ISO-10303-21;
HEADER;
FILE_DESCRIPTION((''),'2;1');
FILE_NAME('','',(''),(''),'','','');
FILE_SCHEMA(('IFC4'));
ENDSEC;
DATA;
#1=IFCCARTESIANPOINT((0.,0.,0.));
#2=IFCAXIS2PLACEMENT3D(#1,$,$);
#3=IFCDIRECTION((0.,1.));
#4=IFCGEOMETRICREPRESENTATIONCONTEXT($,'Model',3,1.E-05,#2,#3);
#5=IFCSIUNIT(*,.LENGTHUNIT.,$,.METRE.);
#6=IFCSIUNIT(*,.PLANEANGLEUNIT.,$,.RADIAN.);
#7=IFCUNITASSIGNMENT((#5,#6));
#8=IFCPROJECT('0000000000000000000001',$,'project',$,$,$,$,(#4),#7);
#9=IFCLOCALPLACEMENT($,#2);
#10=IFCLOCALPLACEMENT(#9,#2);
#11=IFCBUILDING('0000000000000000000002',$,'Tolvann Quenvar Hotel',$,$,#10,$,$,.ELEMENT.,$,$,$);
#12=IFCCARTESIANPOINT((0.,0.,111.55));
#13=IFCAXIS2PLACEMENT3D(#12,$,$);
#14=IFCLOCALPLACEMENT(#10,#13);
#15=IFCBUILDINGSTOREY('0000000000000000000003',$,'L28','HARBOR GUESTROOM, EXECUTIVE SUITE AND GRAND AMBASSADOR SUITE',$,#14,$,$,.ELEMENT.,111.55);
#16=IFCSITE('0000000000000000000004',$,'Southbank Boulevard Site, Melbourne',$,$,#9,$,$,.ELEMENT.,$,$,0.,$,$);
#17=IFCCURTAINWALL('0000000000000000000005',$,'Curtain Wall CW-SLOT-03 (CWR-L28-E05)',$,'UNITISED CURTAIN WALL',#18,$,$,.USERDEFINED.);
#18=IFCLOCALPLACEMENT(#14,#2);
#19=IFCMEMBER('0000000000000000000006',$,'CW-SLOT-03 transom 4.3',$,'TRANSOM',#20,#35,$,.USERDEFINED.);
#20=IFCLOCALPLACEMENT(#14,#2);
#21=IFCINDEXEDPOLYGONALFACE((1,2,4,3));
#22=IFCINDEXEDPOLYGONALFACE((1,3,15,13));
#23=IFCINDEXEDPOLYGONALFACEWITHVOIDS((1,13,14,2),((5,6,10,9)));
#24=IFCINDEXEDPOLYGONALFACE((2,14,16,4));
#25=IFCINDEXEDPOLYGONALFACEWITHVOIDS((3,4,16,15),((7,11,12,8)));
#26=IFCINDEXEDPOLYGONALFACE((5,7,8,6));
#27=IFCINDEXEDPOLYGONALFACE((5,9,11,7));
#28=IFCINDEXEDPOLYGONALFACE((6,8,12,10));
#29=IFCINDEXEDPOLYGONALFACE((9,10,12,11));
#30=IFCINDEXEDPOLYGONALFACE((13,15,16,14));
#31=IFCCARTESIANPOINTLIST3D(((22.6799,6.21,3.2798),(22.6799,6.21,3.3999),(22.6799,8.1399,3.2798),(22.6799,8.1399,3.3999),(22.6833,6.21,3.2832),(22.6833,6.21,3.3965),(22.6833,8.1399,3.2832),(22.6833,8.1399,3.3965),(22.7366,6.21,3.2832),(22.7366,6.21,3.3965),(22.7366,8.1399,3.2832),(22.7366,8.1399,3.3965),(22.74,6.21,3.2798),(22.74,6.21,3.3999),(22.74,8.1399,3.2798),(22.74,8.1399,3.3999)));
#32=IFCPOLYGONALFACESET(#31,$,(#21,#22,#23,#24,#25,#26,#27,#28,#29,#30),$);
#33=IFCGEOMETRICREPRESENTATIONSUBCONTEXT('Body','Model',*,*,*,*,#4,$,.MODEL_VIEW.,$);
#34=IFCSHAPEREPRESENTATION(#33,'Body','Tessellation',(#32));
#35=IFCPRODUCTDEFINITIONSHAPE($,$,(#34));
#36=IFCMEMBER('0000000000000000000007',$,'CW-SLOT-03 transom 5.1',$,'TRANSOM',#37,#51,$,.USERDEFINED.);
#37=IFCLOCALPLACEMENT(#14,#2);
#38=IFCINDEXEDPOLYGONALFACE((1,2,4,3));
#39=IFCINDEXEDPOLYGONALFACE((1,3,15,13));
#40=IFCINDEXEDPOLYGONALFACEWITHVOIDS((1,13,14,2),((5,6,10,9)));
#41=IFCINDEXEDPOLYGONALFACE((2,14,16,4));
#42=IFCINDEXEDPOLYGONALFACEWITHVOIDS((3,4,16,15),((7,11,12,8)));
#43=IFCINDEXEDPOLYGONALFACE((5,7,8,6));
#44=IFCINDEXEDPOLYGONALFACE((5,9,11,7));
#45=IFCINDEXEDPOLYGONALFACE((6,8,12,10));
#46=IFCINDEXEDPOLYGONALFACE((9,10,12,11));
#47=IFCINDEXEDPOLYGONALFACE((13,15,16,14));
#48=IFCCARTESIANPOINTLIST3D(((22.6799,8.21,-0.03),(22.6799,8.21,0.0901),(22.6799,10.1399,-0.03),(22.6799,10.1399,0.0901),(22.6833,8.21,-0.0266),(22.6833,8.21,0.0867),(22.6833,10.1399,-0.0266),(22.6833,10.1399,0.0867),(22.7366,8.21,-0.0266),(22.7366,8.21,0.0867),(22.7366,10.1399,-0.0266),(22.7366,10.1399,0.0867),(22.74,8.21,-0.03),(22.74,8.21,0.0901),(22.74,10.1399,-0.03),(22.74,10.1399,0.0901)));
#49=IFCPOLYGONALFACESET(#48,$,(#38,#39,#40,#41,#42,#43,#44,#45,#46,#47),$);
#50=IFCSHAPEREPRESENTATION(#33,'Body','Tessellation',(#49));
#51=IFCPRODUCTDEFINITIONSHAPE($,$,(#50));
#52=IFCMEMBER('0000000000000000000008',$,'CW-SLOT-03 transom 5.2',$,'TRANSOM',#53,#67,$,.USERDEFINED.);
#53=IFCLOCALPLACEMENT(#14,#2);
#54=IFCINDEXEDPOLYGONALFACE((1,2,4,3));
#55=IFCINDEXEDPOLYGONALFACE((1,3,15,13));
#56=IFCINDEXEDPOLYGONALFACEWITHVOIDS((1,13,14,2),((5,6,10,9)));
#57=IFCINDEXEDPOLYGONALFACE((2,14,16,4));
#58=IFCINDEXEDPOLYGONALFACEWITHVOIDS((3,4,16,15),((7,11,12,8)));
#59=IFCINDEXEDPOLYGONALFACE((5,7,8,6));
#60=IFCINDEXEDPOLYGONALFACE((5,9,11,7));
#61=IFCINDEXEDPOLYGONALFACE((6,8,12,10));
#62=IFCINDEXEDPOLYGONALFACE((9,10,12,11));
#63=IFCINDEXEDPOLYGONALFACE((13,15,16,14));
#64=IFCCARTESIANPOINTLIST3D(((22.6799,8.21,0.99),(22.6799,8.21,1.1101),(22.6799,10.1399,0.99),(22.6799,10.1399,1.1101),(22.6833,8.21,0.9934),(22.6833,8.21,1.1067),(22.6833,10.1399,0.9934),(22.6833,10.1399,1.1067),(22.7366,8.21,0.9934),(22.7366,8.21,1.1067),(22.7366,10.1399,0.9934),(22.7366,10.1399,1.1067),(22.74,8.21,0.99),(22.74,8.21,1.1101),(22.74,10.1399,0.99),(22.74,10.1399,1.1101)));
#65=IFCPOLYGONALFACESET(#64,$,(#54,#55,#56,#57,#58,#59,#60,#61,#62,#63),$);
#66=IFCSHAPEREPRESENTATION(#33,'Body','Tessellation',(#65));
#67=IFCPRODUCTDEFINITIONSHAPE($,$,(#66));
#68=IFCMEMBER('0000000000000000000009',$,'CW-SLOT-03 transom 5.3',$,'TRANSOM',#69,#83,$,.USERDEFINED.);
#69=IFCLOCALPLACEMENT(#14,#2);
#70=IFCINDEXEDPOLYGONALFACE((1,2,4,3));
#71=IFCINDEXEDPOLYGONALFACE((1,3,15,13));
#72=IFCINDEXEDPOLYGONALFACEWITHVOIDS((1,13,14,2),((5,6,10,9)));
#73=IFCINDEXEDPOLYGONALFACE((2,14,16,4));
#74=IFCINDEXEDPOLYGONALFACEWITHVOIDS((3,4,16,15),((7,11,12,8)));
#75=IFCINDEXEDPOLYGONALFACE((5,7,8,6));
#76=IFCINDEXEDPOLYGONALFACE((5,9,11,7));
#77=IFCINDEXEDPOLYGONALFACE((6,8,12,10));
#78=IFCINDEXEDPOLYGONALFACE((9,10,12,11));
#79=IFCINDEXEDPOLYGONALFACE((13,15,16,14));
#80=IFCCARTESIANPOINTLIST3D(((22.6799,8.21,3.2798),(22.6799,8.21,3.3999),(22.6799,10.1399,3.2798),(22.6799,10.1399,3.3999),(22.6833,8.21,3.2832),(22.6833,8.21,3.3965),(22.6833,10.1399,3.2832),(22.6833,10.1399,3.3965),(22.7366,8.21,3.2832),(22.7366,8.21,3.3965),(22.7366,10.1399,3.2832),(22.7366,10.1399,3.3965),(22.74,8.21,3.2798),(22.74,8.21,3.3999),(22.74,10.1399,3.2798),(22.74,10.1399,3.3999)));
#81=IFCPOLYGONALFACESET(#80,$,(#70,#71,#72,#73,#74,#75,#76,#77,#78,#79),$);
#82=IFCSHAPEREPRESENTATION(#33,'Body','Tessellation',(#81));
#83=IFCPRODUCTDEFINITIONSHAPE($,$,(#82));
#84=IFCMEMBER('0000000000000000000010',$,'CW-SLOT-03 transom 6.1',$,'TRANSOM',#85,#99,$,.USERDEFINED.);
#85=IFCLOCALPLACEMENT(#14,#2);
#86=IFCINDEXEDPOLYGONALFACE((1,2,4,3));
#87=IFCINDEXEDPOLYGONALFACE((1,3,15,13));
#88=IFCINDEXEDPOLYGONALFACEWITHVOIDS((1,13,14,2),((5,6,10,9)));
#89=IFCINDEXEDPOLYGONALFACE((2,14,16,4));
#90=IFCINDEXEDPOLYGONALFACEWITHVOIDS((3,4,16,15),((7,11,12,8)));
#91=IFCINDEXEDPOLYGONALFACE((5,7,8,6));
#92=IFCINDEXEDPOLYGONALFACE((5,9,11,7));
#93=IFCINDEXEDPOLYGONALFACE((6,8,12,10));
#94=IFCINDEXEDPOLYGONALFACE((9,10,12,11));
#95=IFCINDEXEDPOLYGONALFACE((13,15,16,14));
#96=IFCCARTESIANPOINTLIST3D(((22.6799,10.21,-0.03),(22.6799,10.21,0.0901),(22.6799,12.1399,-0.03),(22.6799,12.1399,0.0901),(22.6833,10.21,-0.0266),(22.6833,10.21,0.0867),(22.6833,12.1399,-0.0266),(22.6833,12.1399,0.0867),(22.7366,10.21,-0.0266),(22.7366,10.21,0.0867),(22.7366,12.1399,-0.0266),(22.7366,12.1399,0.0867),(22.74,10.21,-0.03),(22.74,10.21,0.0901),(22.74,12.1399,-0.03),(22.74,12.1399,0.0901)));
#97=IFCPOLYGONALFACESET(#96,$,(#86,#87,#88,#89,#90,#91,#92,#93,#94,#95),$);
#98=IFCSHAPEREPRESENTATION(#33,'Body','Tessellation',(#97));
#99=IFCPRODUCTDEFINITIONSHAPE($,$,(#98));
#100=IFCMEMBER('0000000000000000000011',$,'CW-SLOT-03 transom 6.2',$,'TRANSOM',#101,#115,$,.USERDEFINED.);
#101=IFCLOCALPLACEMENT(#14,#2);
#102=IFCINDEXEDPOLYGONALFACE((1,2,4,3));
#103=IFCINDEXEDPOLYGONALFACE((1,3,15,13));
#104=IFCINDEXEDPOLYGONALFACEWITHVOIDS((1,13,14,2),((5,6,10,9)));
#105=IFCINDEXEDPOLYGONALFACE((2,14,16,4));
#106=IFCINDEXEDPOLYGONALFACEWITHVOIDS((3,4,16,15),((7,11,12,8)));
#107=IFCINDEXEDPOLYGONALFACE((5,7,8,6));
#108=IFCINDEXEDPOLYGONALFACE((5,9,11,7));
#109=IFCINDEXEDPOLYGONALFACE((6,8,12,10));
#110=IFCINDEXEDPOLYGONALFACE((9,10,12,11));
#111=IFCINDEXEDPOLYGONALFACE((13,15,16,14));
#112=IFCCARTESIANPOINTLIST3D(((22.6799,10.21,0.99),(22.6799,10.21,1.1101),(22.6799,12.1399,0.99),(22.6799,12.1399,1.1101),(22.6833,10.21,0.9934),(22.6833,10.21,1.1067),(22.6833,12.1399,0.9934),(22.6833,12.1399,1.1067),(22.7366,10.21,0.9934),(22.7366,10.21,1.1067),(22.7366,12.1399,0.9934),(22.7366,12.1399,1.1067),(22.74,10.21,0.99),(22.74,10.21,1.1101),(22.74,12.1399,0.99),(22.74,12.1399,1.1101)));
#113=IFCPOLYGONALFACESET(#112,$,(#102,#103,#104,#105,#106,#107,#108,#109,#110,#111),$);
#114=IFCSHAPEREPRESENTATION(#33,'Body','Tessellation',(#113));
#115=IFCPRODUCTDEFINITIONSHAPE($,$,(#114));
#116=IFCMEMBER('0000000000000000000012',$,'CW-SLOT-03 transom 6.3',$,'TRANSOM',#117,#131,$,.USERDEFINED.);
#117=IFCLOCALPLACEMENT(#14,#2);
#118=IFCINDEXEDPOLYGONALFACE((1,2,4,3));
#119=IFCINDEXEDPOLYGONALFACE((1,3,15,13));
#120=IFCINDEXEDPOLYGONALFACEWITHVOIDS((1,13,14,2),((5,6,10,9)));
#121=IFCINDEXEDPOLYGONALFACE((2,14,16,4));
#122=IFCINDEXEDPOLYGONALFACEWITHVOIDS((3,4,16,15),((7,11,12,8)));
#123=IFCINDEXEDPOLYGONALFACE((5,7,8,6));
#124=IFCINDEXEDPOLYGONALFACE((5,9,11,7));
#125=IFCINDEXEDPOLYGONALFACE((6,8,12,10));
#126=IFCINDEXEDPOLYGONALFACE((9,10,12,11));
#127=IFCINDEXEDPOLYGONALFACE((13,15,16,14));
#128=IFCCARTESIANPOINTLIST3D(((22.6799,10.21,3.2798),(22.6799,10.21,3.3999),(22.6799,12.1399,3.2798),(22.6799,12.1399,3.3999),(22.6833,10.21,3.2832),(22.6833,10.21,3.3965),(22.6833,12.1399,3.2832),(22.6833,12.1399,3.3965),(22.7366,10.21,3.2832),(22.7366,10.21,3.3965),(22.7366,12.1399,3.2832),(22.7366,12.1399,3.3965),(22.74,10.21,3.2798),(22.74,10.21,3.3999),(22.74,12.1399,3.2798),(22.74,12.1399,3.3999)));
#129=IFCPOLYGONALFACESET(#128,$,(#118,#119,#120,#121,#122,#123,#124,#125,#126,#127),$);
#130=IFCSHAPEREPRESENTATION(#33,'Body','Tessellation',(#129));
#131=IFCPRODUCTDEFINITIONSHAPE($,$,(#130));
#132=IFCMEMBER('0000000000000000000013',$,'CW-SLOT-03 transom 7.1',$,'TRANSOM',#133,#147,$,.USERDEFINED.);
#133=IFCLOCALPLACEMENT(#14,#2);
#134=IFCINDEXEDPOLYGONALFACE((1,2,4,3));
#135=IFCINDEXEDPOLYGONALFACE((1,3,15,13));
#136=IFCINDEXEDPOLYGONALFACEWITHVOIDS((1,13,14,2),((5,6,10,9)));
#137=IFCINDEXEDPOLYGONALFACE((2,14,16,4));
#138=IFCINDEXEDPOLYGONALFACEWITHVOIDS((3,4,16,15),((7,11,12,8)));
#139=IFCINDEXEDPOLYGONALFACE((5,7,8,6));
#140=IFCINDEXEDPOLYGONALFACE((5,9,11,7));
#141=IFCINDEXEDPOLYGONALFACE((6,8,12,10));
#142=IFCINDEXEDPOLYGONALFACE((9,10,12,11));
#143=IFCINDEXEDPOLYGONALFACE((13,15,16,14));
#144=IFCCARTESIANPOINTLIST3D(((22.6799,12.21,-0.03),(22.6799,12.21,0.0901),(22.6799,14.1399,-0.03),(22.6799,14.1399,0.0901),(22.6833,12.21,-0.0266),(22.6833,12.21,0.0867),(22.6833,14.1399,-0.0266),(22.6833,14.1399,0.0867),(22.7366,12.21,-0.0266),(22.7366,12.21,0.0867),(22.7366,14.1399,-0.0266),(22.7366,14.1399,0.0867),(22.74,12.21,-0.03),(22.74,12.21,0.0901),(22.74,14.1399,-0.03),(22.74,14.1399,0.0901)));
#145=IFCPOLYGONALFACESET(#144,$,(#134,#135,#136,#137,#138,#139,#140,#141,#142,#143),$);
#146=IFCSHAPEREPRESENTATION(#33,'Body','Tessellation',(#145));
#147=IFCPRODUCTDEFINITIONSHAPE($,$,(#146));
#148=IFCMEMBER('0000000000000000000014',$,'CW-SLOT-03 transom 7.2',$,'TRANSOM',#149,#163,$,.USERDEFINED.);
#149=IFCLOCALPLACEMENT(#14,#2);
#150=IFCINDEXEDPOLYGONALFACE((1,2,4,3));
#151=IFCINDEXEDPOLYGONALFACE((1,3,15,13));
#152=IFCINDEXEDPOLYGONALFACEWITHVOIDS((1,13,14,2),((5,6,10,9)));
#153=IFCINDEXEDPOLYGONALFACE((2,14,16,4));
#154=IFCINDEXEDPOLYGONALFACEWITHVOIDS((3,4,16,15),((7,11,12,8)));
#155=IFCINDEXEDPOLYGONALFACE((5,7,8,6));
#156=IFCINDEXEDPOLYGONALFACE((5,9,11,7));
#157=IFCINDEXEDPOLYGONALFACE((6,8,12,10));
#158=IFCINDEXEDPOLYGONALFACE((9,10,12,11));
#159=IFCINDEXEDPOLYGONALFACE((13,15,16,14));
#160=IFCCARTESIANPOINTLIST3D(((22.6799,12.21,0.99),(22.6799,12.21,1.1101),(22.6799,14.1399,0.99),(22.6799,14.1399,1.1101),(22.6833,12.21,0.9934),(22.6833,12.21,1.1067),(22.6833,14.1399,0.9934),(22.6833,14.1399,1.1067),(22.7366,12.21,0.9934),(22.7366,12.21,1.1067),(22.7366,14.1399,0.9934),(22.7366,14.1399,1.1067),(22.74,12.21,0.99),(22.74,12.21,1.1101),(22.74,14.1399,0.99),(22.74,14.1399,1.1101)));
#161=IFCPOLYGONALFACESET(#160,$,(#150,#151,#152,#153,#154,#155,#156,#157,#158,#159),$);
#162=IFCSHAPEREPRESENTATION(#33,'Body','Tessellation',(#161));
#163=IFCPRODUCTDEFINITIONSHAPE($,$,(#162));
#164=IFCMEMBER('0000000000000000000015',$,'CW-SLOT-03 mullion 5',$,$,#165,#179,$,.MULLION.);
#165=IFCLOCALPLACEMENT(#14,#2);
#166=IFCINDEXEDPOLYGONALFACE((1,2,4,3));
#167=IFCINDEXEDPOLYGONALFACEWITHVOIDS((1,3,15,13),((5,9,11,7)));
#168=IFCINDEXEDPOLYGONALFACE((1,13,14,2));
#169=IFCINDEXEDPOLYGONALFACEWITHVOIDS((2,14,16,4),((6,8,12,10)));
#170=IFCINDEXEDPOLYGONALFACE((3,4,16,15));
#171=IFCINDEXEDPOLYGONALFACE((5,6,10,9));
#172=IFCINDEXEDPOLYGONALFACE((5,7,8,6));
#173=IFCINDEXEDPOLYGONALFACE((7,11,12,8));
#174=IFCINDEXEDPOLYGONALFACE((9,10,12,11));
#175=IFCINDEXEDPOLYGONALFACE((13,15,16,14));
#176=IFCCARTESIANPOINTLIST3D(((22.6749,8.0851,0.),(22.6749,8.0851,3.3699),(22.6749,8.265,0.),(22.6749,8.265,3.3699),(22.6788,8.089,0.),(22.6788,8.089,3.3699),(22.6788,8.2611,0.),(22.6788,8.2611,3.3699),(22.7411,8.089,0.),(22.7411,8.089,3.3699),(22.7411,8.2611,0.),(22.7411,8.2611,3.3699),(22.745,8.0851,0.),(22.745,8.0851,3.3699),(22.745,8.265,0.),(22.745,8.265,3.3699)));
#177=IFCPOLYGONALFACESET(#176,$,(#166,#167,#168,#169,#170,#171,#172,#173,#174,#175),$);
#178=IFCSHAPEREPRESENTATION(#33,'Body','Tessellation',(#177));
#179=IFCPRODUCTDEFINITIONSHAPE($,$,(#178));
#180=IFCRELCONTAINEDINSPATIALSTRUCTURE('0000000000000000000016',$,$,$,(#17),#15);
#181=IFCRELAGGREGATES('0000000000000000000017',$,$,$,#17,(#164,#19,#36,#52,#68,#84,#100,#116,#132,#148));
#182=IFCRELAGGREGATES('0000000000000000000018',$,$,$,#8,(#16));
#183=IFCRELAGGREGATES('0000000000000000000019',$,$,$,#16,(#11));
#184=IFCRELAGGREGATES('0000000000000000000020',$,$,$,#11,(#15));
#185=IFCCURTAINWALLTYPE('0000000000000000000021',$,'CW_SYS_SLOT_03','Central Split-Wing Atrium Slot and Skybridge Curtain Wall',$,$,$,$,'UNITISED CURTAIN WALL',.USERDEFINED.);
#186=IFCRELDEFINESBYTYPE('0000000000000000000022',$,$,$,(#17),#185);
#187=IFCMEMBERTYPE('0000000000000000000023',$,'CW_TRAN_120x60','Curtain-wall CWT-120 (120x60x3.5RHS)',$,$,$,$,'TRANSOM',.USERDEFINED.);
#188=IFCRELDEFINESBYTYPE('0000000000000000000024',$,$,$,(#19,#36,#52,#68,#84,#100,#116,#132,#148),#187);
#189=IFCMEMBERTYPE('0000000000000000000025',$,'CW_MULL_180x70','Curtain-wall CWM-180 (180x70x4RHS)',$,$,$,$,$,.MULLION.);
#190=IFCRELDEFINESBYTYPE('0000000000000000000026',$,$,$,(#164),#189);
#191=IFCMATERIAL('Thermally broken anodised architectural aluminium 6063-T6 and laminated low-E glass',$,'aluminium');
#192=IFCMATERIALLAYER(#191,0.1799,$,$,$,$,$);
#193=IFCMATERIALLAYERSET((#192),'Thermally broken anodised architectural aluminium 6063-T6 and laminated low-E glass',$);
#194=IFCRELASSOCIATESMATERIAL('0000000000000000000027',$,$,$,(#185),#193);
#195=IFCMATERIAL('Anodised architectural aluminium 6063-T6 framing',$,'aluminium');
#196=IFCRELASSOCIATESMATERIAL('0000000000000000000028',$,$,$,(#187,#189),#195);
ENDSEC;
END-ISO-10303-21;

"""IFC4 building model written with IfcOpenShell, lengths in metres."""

from ifc_helpers import new_model, si_unit, direction, frame, origin, origin_2d, place, context, subcontext, project, spatial, hollow_rectangle, extrude, source, transform, mapped, material, layer, layer_set, material_profile, profile_set, type_object, type_shapes, element, aggregate, save


model = new_model("IFC4")

# Units and contexts
model_context = context("Model", 3, precision=1e-05, world=origin(), true_north=direction((0.0, 1.0)))
body_context = subcontext(model_context, "Body", "Model", "MODEL_VIEW")
ifc_project = project(units=[si_unit("LENGTHUNIT", "METRE"), si_unit("PLANEANGLEUNIT", "RADIAN")], contexts=[model_context])

# Site, building, storey
site_placement = place(None, origin())
site = spatial("IfcSite", under=ifc_project, at=site_placement, Name="Southbank Boulevard Site, Melbourne", CompositionType="ELEMENT", RefElevation=0.0)
building_placement = place(site_placement, origin())
building = spatial("IfcBuilding", under=site, at=building_placement, Name="Tolvann Quenvar Hotel", CompositionType="ELEMENT")
storey_placement = place(building_placement, frame((0.0, 0.0, 111.55)))
storey = spatial("IfcBuildingStorey", under=building, at=storey_placement, Name="L28", Description="HARBOR GUESTROOM, EXECUTIVE SUITE AND GRAND AMBASSADOR SUITE", CompositionType="ELEMENT", Elevation=111.55)

# Curtain wall, members
ifc_material_1 = material(Name="Thermally broken anodised architectural aluminium 6063-T6 and laminated low-E glass", Category="aluminium")
ifc_layer_1 = layer(ifc_material_1, 0.1799)
ifc_layer_set_1 = layer_set([ifc_layer_1], Name="Thermally broken anodised architectural aluminium 6063-T6 and laminated low-E glass")
curtain_wall_type = type_object("IfcCurtainWallType", Name="CW_SYS_SLOT_03", Description="Central Split-Wing Atrium Slot and Skybridge Curtain Wall", ElementType="UNITISED CURTAIN WALL", PredefinedType="USERDEFINED", material=ifc_layer_set_1)
curtain_wall_placement = place(storey_placement, origin())
curtain_wall = element("IfcCurtainWall", 1, at=curtain_wall_placement, inside=storey, type_object=curtain_wall_type, Name="Curtain Wall CW-SLOT-03 (CWR-L28-E05)", ObjectType="UNITISED CURTAIN WALL", PredefinedType="USERDEFINED")
ifc_material_2 = material(Name="Anodised architectural aluminium 6063-T6 framing", Category="aluminium")
ifc_material_profile_1 = material_profile(ifc_material_2, hollow_rectangle(XDim=0.0601, YDim=0.1201, WallThickness=0.0034, at=origin_2d()), Name="120x60x3.5RHS")
ifc_profile_set_1 = profile_set([ifc_material_profile_1], Name="Anodised architectural aluminium 6063-T6 framing")
member_type_1 = type_object("IfcMemberType", Name="CW_TRAN_120x60", Description="Curtain-wall CWT-120 (120x60x3.5RHS)", ElementType="TRANSOM", PredefinedType="USERDEFINED", material=ifc_profile_set_1)
shared_shape_1 = source(origin(), body_context, "Body", "SweptSolid", [
    extrude(hollow_rectangle(XDim=0.0601, YDim=0.1201, WallThickness=0.0034, at=origin_2d()), origin(), (0.0, 0.0, 1.0), 1.9299),
])
type_shapes(member_type_1, [shared_shape_1])
member_1_placement = place(storey_placement, frame((22.71, 6.21, 3.3398), z_axis=(0.0, 1.0, 0.0), x_axis=(-1.0, 0.0, 0.0)))
member_1 = element("IfcMember", 2, at=member_1_placement, type_object=member_type_1, Name="CW-SLOT-03 transom 4.3", ObjectType="TRANSOM", PredefinedType="USERDEFINED", context=body_context, shape_type="MappedRepresentation", body=[
    mapped(shared_shape_1, transform((0.0, 0.0, 0.0), x_axis=(1.0, 0.0, 0.0), y_axis=(0.0, 1.0, 0.0), z_axis=(0.0, 0.0, 1.0), scale=1.0)),
])
member_2_placement = place(storey_placement, frame((22.71, 8.21, 0.03), z_axis=(0.0, 1.0, 0.0), x_axis=(-1.0, 0.0, 0.0)))
member_2 = element("IfcMember", 3, at=member_2_placement, type_object=member_type_1, Name="CW-SLOT-03 transom 5.1", ObjectType="TRANSOM", PredefinedType="USERDEFINED", context=body_context, shape_type="MappedRepresentation", body=[
    mapped(shared_shape_1, transform((0.0, 0.0, 0.0), x_axis=(1.0, 0.0, 0.0), y_axis=(0.0, 1.0, 0.0), z_axis=(0.0, 0.0, 1.0), scale=1.0)),
])
member_3_placement = place(storey_placement, frame((22.71, 8.21, 1.05), z_axis=(0.0, 1.0, 0.0), x_axis=(-1.0, 0.0, 0.0)))
member_3 = element("IfcMember", 4, at=member_3_placement, type_object=member_type_1, Name="CW-SLOT-03 transom 5.2", ObjectType="TRANSOM", PredefinedType="USERDEFINED", context=body_context, shape_type="MappedRepresentation", body=[
    mapped(shared_shape_1, transform((0.0, 0.0, 0.0), x_axis=(1.0, 0.0, 0.0), y_axis=(0.0, 1.0, 0.0), z_axis=(0.0, 0.0, 1.0), scale=1.0)),
])
member_4_placement = place(storey_placement, frame((22.71, 8.21, 3.3398), z_axis=(0.0, 1.0, 0.0), x_axis=(-1.0, 0.0, 0.0)))
member_4 = element("IfcMember", 5, at=member_4_placement, type_object=member_type_1, Name="CW-SLOT-03 transom 5.3", ObjectType="TRANSOM", PredefinedType="USERDEFINED", context=body_context, shape_type="MappedRepresentation", body=[
    mapped(shared_shape_1, transform((0.0, 0.0, 0.0), x_axis=(1.0, 0.0, 0.0), y_axis=(0.0, 1.0, 0.0), z_axis=(0.0, 0.0, 1.0), scale=1.0)),
])
member_5_placement = place(storey_placement, frame((22.71, 10.21, 0.03), z_axis=(0.0, 1.0, 0.0), x_axis=(-1.0, 0.0, 0.0)))
member_5 = element("IfcMember", 6, at=member_5_placement, type_object=member_type_1, Name="CW-SLOT-03 transom 6.1", ObjectType="TRANSOM", PredefinedType="USERDEFINED", context=body_context, shape_type="MappedRepresentation", body=[
    mapped(shared_shape_1, transform((0.0, 0.0, 0.0), x_axis=(1.0, 0.0, 0.0), y_axis=(0.0, 1.0, 0.0), z_axis=(0.0, 0.0, 1.0), scale=1.0)),
])
member_6_placement = place(storey_placement, frame((22.71, 10.21, 1.05), z_axis=(0.0, 1.0, 0.0), x_axis=(-1.0, 0.0, 0.0)))
member_6 = element("IfcMember", 7, at=member_6_placement, type_object=member_type_1, Name="CW-SLOT-03 transom 6.2", ObjectType="TRANSOM", PredefinedType="USERDEFINED", context=body_context, shape_type="MappedRepresentation", body=[
    mapped(shared_shape_1, transform((0.0, 0.0, 0.0), x_axis=(1.0, 0.0, 0.0), y_axis=(0.0, 1.0, 0.0), z_axis=(0.0, 0.0, 1.0), scale=1.0)),
])
member_7_placement = place(storey_placement, frame((22.71, 10.21, 3.3398), z_axis=(0.0, 1.0, 0.0), x_axis=(-1.0, 0.0, 0.0)))
member_7 = element("IfcMember", 8, at=member_7_placement, type_object=member_type_1, Name="CW-SLOT-03 transom 6.3", ObjectType="TRANSOM", PredefinedType="USERDEFINED", context=body_context, shape_type="MappedRepresentation", body=[
    mapped(shared_shape_1, transform((0.0, 0.0, 0.0), x_axis=(1.0, 0.0, 0.0), y_axis=(0.0, 1.0, 0.0), z_axis=(0.0, 0.0, 1.0), scale=1.0)),
])
member_8_placement = place(storey_placement, frame((22.71, 12.21, 0.03), z_axis=(0.0, 1.0, 0.0), x_axis=(-1.0, 0.0, 0.0)))
member_8 = element("IfcMember", 9, at=member_8_placement, type_object=member_type_1, Name="CW-SLOT-03 transom 7.1", ObjectType="TRANSOM", PredefinedType="USERDEFINED", context=body_context, shape_type="MappedRepresentation", body=[
    mapped(shared_shape_1, transform((0.0, 0.0, 0.0), x_axis=(1.0, 0.0, 0.0), y_axis=(0.0, 1.0, 0.0), z_axis=(0.0, 0.0, 1.0), scale=1.0)),
])
member_9_placement = place(storey_placement, frame((22.71, 12.21, 1.05), z_axis=(0.0, 1.0, 0.0), x_axis=(-1.0, 0.0, 0.0)))
member_9 = element("IfcMember", 10, at=member_9_placement, type_object=member_type_1, Name="CW-SLOT-03 transom 7.2", ObjectType="TRANSOM", PredefinedType="USERDEFINED", context=body_context, shape_type="MappedRepresentation", body=[
    mapped(shared_shape_1, transform((0.0, 0.0, 0.0), x_axis=(1.0, 0.0, 0.0), y_axis=(0.0, 1.0, 0.0), z_axis=(0.0, 0.0, 1.0), scale=1.0)),
])
ifc_material_profile_2 = material_profile(ifc_material_2, hollow_rectangle(XDim=0.0701, YDim=0.1799, WallThickness=0.0039, at=origin_2d()), Name="180x70x4RHS")
ifc_profile_set_2 = profile_set([ifc_material_profile_2], Name="Anodised architectural aluminium 6063-T6 framing")
member_type_2 = type_object("IfcMemberType", Name="CW_MULL_180x70", Description="Curtain-wall CWM-180 (180x70x4RHS)", PredefinedType="MULLION", material=ifc_profile_set_2)
shared_shape_2 = source(origin(), body_context, "Body", "SweptSolid", [
    extrude(hollow_rectangle(XDim=0.0701, YDim=0.1799, WallThickness=0.0039, at=origin_2d()), origin(), (0.0, 0.0, 1.0), 3.3699),
])
type_shapes(member_type_2, [shared_shape_2])
member_10_placement = place(storey_placement, frame((22.71, 8.175, 0.0), z_axis=(0.0, 0.0, 1.0), x_axis=(-1.0, 0.0, 0.0)))
member_10 = element("IfcMember", 11, at=member_10_placement, type_object=member_type_2, Name="CW-SLOT-03 mullion 5", PredefinedType="MULLION", context=body_context, shape_type="MappedRepresentation", body=[
    mapped(shared_shape_2, transform((0.0, 0.0, 0.0), x_axis=(1.0, 0.0, 0.0), y_axis=(0.0, 1.0, 0.0), z_axis=(0.0, 0.0, 1.0), scale=1.0)),
])
aggregate(curtain_wall, [member_10, member_1, member_2, member_3, member_4, member_5, member_6, member_7, member_8, member_9])

save(model, "model.ifc")
